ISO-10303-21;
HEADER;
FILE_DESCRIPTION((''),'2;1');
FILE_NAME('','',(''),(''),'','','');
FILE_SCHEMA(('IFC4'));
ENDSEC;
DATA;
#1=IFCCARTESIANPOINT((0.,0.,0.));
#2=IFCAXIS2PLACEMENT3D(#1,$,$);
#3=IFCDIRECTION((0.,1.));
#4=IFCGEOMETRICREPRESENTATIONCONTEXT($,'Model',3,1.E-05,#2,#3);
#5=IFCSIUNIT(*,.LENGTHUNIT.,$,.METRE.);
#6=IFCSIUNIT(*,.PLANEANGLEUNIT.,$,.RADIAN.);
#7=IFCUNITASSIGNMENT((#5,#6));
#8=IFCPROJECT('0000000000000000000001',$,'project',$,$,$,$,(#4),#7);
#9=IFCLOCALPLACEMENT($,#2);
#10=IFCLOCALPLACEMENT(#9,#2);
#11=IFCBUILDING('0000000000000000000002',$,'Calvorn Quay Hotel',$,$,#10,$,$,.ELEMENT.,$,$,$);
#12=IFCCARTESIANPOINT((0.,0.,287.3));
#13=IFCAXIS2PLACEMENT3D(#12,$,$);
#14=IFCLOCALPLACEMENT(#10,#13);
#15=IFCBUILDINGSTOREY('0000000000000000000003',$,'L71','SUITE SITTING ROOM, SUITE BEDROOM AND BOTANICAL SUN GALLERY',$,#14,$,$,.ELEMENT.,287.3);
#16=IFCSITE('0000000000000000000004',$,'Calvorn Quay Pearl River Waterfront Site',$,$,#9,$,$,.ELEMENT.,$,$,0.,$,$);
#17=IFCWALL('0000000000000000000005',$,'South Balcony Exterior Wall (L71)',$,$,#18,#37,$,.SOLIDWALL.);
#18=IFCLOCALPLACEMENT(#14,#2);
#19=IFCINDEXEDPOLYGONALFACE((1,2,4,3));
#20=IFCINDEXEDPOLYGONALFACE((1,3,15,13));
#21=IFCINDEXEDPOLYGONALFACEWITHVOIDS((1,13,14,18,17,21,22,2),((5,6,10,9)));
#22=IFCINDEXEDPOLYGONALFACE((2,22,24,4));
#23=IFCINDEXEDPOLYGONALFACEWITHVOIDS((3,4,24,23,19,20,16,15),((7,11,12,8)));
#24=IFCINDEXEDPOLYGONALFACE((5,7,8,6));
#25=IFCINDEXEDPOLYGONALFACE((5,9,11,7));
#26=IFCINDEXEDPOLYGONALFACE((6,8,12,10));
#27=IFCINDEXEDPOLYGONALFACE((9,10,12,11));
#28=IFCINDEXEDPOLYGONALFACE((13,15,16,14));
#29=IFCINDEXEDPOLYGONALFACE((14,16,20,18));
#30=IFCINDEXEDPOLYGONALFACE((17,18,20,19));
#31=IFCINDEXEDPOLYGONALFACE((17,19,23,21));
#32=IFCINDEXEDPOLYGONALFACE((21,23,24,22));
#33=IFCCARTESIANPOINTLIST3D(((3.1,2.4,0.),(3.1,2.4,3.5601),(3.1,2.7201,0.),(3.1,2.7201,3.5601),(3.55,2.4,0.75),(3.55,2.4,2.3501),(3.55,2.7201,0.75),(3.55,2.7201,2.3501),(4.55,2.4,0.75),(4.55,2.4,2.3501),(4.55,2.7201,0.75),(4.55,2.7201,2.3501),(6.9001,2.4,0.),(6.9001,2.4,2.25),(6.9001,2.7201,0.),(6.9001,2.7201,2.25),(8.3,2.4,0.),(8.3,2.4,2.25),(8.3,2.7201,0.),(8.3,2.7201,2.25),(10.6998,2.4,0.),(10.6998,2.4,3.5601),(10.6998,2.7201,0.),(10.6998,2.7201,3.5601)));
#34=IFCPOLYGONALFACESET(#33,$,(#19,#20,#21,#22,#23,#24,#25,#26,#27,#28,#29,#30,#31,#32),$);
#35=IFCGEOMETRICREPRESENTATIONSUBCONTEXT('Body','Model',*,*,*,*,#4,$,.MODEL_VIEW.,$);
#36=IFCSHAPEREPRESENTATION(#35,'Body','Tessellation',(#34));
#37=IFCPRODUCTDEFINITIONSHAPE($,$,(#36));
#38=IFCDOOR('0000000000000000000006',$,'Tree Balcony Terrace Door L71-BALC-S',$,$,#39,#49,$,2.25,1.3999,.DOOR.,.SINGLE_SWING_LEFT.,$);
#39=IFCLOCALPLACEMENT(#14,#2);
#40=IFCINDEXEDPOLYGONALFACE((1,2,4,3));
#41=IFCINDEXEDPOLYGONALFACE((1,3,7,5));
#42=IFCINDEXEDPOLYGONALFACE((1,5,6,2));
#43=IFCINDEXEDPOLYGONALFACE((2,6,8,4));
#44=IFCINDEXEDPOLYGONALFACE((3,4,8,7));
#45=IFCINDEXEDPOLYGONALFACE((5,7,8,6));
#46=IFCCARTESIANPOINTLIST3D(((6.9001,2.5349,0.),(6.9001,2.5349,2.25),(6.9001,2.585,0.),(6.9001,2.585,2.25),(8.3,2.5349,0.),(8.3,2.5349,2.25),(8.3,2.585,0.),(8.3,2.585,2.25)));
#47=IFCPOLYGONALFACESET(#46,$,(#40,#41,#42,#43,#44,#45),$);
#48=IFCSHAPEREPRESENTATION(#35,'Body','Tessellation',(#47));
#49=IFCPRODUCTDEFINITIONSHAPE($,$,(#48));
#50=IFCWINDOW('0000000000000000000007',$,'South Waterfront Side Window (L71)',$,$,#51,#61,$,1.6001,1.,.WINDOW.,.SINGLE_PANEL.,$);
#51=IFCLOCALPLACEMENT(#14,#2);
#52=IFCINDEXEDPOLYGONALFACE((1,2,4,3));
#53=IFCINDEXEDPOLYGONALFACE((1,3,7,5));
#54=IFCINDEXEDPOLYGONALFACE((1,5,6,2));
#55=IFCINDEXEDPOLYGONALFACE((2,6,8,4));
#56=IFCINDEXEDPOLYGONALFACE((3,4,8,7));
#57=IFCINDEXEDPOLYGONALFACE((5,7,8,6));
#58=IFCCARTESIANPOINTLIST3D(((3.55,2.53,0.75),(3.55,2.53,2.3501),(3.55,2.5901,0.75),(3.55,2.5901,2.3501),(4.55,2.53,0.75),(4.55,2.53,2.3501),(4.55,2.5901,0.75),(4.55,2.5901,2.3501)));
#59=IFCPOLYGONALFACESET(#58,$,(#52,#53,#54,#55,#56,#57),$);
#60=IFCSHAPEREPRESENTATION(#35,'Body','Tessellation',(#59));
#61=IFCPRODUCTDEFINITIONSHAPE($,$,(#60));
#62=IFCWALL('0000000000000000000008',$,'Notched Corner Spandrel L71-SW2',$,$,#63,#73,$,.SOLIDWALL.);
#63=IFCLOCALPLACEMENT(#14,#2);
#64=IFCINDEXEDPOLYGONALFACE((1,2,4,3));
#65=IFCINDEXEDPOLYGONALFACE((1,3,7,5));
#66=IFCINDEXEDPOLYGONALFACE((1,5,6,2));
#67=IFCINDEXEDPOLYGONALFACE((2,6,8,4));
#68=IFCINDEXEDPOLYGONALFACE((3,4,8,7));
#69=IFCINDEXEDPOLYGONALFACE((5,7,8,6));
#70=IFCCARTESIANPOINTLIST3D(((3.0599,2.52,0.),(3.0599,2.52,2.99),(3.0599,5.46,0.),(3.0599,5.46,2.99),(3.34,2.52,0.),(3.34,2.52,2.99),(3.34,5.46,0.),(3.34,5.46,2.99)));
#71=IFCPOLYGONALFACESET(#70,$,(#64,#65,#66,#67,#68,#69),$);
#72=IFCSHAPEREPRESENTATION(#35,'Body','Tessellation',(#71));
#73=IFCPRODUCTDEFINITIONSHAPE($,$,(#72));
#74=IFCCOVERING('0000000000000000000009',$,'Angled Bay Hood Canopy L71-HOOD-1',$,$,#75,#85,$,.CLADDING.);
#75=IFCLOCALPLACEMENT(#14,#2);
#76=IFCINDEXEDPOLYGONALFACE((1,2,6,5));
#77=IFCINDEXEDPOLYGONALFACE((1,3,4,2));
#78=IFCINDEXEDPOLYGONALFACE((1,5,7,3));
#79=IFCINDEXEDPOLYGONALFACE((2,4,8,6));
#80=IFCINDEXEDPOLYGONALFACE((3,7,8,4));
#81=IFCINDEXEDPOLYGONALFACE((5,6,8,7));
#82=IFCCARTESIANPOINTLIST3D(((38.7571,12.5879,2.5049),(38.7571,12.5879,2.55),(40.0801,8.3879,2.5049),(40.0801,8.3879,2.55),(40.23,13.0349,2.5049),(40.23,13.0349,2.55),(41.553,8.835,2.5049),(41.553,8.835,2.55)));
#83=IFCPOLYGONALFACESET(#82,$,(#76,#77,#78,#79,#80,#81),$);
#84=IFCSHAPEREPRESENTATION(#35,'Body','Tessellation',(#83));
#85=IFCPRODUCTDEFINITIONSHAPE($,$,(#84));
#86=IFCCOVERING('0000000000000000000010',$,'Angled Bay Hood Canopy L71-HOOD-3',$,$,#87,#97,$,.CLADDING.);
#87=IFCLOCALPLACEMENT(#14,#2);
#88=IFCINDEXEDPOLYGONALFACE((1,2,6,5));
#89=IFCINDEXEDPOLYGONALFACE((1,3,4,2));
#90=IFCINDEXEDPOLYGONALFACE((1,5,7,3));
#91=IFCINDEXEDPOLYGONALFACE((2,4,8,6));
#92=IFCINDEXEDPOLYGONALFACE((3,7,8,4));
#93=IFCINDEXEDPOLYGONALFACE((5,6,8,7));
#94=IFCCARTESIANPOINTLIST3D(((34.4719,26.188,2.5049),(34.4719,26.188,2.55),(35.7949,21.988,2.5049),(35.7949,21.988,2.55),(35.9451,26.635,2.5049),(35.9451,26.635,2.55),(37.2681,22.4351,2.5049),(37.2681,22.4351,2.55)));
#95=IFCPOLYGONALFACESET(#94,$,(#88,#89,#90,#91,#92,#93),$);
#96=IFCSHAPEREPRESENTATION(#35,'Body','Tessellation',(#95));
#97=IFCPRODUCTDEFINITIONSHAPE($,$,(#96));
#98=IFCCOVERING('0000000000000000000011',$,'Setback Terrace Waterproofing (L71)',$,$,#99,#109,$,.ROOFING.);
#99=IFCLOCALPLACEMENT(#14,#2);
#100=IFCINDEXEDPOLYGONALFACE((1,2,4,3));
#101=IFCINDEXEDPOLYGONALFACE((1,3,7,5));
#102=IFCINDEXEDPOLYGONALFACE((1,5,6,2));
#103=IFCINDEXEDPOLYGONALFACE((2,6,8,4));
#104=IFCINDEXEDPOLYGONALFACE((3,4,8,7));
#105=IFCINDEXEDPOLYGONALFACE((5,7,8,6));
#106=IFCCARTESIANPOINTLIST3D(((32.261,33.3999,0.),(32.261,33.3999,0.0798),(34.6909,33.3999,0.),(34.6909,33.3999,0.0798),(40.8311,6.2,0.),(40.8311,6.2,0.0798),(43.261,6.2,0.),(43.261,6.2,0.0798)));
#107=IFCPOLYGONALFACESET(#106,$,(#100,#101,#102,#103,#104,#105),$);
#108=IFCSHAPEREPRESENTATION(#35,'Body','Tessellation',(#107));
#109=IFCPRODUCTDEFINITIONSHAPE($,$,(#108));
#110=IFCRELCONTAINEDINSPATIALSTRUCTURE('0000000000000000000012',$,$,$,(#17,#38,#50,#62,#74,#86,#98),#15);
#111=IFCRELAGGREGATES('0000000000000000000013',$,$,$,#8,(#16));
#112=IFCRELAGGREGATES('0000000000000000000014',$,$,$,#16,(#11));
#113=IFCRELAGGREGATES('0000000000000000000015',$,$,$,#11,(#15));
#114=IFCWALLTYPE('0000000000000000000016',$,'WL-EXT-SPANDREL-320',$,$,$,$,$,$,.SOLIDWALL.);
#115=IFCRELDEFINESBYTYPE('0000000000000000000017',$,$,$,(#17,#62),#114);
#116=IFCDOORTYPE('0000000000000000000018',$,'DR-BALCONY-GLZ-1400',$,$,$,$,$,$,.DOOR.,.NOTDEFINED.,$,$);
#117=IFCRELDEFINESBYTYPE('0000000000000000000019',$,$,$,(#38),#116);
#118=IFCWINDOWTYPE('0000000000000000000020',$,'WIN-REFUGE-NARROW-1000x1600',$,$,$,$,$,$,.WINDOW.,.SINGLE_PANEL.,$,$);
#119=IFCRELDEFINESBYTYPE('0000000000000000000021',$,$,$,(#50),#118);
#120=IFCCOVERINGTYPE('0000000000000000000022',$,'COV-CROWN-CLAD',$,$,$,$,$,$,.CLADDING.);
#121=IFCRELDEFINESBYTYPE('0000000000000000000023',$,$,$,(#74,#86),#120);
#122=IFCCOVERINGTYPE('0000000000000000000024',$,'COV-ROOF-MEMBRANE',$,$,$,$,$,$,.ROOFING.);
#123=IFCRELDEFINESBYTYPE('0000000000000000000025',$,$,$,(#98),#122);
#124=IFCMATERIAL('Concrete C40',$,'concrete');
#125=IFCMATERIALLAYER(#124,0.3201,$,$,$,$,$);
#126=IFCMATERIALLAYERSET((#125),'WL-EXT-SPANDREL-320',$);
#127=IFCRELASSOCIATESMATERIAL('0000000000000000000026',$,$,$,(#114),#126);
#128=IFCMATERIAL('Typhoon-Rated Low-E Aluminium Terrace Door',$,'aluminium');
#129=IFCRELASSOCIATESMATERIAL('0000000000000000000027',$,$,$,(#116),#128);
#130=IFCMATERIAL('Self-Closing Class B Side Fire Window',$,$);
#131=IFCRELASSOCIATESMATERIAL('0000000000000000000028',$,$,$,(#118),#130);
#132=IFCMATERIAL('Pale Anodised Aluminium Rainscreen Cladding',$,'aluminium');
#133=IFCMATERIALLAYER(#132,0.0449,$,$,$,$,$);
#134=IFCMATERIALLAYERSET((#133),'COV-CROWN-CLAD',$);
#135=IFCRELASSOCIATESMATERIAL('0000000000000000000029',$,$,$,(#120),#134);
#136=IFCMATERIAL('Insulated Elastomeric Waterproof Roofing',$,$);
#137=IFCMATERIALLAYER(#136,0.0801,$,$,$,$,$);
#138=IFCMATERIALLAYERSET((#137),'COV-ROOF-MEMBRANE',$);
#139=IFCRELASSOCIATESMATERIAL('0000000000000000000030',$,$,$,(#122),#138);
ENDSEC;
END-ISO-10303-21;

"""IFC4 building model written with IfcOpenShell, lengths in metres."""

from ifc_helpers import new_model, si_unit, direction, frame, frame_2d, origin, place, context, subcontext, project, spatial, polyline, rectangle, outline, extrude, material, layer, layer_set, type_object, element, fill, save


model = new_model("IFC4")

# Units and contexts
model_context = context("Model", 3, precision=1e-05, world=origin(), true_north=direction((0.0, 1.0)))
body_context = subcontext(model_context, "Body", "Model", "MODEL_VIEW")
ifc_project = project(units=[si_unit("LENGTHUNIT", "METRE"), si_unit("PLANEANGLEUNIT", "RADIAN")], contexts=[model_context])

# Site, building, storey
site_placement = place(None, origin())
site = spatial("IfcSite", under=ifc_project, at=site_placement, Name="Calvorn Quay Pearl River Waterfront Site", CompositionType="ELEMENT", RefElevation=0.0)
building_placement = place(site_placement, origin())
building = spatial("IfcBuilding", under=site, at=building_placement, Name="Calvorn Quay Hotel", CompositionType="ELEMENT")
storey_placement = place(building_placement, frame((0.0, 0.0, 287.3)))
storey = spatial("IfcBuildingStorey", under=building, at=storey_placement, Name="L71", Description="SUITE SITTING ROOM, SUITE BEDROOM AND BOTANICAL SUN GALLERY", CompositionType="ELEMENT", Elevation=287.3)

# Wall, openings, door, window
ifc_material_1 = material(Name="Concrete C40", Category="concrete")
ifc_layer_1 = layer(ifc_material_1, 0.3201)
ifc_layer_set_1 = layer_set([ifc_layer_1], Name="WL-EXT-SPANDREL-320")
wall_type = type_object("IfcWallType", Name="WL-EXT-SPANDREL-320", PredefinedType="SOLIDWALL", material=ifc_layer_set_1)
wall_1_placement = place(storey_placement, frame((3.1001, 2.5601, 0.0), z_axis=(0.0, 0.0, 1.0), x_axis=(1.0, 0.0, 0.0)))
wall_1 = element("IfcWall", 1, at=wall_1_placement, inside=storey, type_object=wall_type, Name="South Balcony Exterior Wall (L71)", PredefinedType="SOLIDWALL", context=body_context, shape_type="SweptSolid", body=[
    extrude(rectangle(XDim=7.5999, YDim=0.3201, at=frame_2d((3.7998, 0.0))), origin(), (0.0, 0.0, 1.0), 3.5601),
])
opening_1_placement = place(wall_1_placement, frame((0.45, 0.0, 0.75)))
opening_1 = element("IfcOpeningElement", 2, at=opening_1_placement, cuts=wall_1, PredefinedType="OPENING", context=body_context, shape_type="SweptSolid", body=[
    extrude(rectangle(XDim=1.0, YDim=1.6001, at=frame_2d((0.5, 0.8))), frame((0.0, 0.1699, 0.0), z_axis=(0.0, -1.0, 0.0), x_axis=(1.0, 0.0, 0.0)), (0.0, 0.0, 1.0), 0.3401),
])
opening_2_placement = place(wall_1_placement, frame((3.8, 0.0, 0.0)))
opening_2 = element("IfcOpeningElement", 3, at=opening_2_placement, cuts=wall_1, PredefinedType="OPENING", context=body_context, shape_type="SweptSolid", body=[
    extrude(rectangle(XDim=1.3999, YDim=2.25, at=frame_2d((0.7, 1.125))), frame((0.0, 0.1699, 0.0), z_axis=(0.0, -1.0, 0.0), x_axis=(1.0, 0.0, 0.0)), (0.0, 0.0, 1.0), 0.3401),
])
ifc_material_2 = material(Name="Typhoon-Rated Low-E Aluminium Terrace Door", Category="aluminium")
door_type = type_object("IfcDoorType", Name="DR-BALCONY-GLZ-1400", OperationType="NOTDEFINED", PredefinedType="DOOR", material=ifc_material_2)
door_placement = place(opening_2_placement, origin())
door = element("IfcDoor", 4, at=door_placement, inside=storey, type_object=door_type, Name="Tree Balcony Terrace Door L71-BALC-S", OperationType="SINGLE_SWING_LEFT", OverallHeight=2.25, OverallWidth=1.3999, PredefinedType="DOOR", context=body_context, shape_type="SweptSolid", body=[
    extrude(rectangle(XDim=1.3999, YDim=2.25, at=frame_2d((0.7, 1.125))), frame((0.0, 0.0249, 0.0), z_axis=(0.0, -1.0, 0.0), x_axis=(1.0, 0.0, 0.0)), (0.0, 0.0, 1.0), 0.05),
])
fill(opening_2, door)
ifc_material_3 = material(Name="Self-Closing Class B Side Fire Window")
window_type = type_object("IfcWindowType", Name="WIN-REFUGE-NARROW-1000x1600", PartitioningType="SINGLE_PANEL", PredefinedType="WINDOW", material=ifc_material_3)
window_placement = place(opening_1_placement, origin())
window = element("IfcWindow", 5, at=window_placement, inside=storey, type_object=window_type, Name="South Waterfront Side Window (L71)", OverallHeight=1.6001, OverallWidth=1.0, PartitioningType="SINGLE_PANEL", PredefinedType="WINDOW", context=body_context, shape_type="SweptSolid", body=[
    extrude(rectangle(XDim=1.0, YDim=1.6001, at=frame_2d((0.5, 0.8))), frame((0.0, 0.03, 0.0), z_axis=(0.0, -1.0, 0.0), x_axis=(1.0, 0.0, 0.0)), (0.0, 0.0, 1.0), 0.0601),
])
fill(opening_1, window)

# Wall
wall_2_placement = place(storey_placement, frame((3.2, 5.46, 0.0), z_axis=(0.0, 0.0, 1.0), x_axis=(0.0, -1.0, 0.0)))
element("IfcWall", 6, at=wall_2_placement, inside=storey, type_object=wall_type, Name="Notched Corner Spandrel L71-SW2", PredefinedType="SOLIDWALL", context=body_context, shape_type="SweptSolid", body=[
    extrude(rectangle(XDim=2.9399, YDim=0.28, at=frame_2d((1.47, 0.0))), origin(), (0.0, 0.0, 1.0), 2.99),
])

# Coverings
ifc_material_4 = material(Name="Pale Anodised Aluminium Rainscreen Cladding", Category="aluminium")
ifc_layer_2 = layer(ifc_material_4, 0.0449)
ifc_layer_set_2 = layer_set([ifc_layer_2], Name="COV-CROWN-CLAD")
covering_type_1 = type_object("IfcCoveringType", Name="COV-CROWN-CLAD", PredefinedType="CLADDING", material=ifc_layer_set_2)
covering_1_placement = place(storey_placement, frame((0.0, 0.0, 2.5049)))
element("IfcCovering", 7, at=covering_1_placement, inside=storey, type_object=covering_type_1, Name="Angled Bay Hood Canopy L71-HOOD-1", PredefinedType="CLADDING", context=body_context, shape_type="SweptSolid", body=[
    extrude(outline(polyline([(38.7571, 12.5879), (40.23, 13.0349), (41.553, 8.835), (40.0801, 8.3879), (38.7571, 12.5879)])), origin(), (0.0, 0.0, 1.0), 0.0452),
])
covering_2_placement = place(storey_placement, frame((0.0, 0.0, 2.5049)))
element("IfcCovering", 8, at=covering_2_placement, inside=storey, type_object=covering_type_1, Name="Angled Bay Hood Canopy L71-HOOD-3", PredefinedType="CLADDING", context=body_context, shape_type="SweptSolid", body=[
    extrude(outline(polyline([(34.4719, 26.188), (35.9451, 26.635), (37.2681, 22.4351), (35.7949, 21.988), (34.4719, 26.188)])), origin(), (0.0, 0.0, 1.0), 0.0452),
])
ifc_material_5 = material(Name="Insulated Elastomeric Waterproof Roofing")
ifc_layer_3 = layer(ifc_material_5, 0.0801)
ifc_layer_set_3 = layer_set([ifc_layer_3], Name="COV-ROOF-MEMBRANE")
covering_type_2 = type_object("IfcCoveringType", Name="COV-ROOF-MEMBRANE", PredefinedType="ROOFING", material=ifc_layer_set_3)
covering_3_placement = place(storey_placement, origin())
element("IfcCovering", 9, at=covering_3_placement, inside=storey, type_object=covering_type_2, Name="Setback Terrace Waterproofing (L71)", PredefinedType="ROOFING", context=body_context, shape_type="SweptSolid", body=[
    extrude(outline(polyline([(40.8311, 6.2), (43.261, 6.2), (34.6909, 33.3999), (32.261, 33.3999), (40.8311, 6.2)])), origin(), (0.0, 0.0, 1.0), 0.0798),
])

save(model, "model.ifc")
